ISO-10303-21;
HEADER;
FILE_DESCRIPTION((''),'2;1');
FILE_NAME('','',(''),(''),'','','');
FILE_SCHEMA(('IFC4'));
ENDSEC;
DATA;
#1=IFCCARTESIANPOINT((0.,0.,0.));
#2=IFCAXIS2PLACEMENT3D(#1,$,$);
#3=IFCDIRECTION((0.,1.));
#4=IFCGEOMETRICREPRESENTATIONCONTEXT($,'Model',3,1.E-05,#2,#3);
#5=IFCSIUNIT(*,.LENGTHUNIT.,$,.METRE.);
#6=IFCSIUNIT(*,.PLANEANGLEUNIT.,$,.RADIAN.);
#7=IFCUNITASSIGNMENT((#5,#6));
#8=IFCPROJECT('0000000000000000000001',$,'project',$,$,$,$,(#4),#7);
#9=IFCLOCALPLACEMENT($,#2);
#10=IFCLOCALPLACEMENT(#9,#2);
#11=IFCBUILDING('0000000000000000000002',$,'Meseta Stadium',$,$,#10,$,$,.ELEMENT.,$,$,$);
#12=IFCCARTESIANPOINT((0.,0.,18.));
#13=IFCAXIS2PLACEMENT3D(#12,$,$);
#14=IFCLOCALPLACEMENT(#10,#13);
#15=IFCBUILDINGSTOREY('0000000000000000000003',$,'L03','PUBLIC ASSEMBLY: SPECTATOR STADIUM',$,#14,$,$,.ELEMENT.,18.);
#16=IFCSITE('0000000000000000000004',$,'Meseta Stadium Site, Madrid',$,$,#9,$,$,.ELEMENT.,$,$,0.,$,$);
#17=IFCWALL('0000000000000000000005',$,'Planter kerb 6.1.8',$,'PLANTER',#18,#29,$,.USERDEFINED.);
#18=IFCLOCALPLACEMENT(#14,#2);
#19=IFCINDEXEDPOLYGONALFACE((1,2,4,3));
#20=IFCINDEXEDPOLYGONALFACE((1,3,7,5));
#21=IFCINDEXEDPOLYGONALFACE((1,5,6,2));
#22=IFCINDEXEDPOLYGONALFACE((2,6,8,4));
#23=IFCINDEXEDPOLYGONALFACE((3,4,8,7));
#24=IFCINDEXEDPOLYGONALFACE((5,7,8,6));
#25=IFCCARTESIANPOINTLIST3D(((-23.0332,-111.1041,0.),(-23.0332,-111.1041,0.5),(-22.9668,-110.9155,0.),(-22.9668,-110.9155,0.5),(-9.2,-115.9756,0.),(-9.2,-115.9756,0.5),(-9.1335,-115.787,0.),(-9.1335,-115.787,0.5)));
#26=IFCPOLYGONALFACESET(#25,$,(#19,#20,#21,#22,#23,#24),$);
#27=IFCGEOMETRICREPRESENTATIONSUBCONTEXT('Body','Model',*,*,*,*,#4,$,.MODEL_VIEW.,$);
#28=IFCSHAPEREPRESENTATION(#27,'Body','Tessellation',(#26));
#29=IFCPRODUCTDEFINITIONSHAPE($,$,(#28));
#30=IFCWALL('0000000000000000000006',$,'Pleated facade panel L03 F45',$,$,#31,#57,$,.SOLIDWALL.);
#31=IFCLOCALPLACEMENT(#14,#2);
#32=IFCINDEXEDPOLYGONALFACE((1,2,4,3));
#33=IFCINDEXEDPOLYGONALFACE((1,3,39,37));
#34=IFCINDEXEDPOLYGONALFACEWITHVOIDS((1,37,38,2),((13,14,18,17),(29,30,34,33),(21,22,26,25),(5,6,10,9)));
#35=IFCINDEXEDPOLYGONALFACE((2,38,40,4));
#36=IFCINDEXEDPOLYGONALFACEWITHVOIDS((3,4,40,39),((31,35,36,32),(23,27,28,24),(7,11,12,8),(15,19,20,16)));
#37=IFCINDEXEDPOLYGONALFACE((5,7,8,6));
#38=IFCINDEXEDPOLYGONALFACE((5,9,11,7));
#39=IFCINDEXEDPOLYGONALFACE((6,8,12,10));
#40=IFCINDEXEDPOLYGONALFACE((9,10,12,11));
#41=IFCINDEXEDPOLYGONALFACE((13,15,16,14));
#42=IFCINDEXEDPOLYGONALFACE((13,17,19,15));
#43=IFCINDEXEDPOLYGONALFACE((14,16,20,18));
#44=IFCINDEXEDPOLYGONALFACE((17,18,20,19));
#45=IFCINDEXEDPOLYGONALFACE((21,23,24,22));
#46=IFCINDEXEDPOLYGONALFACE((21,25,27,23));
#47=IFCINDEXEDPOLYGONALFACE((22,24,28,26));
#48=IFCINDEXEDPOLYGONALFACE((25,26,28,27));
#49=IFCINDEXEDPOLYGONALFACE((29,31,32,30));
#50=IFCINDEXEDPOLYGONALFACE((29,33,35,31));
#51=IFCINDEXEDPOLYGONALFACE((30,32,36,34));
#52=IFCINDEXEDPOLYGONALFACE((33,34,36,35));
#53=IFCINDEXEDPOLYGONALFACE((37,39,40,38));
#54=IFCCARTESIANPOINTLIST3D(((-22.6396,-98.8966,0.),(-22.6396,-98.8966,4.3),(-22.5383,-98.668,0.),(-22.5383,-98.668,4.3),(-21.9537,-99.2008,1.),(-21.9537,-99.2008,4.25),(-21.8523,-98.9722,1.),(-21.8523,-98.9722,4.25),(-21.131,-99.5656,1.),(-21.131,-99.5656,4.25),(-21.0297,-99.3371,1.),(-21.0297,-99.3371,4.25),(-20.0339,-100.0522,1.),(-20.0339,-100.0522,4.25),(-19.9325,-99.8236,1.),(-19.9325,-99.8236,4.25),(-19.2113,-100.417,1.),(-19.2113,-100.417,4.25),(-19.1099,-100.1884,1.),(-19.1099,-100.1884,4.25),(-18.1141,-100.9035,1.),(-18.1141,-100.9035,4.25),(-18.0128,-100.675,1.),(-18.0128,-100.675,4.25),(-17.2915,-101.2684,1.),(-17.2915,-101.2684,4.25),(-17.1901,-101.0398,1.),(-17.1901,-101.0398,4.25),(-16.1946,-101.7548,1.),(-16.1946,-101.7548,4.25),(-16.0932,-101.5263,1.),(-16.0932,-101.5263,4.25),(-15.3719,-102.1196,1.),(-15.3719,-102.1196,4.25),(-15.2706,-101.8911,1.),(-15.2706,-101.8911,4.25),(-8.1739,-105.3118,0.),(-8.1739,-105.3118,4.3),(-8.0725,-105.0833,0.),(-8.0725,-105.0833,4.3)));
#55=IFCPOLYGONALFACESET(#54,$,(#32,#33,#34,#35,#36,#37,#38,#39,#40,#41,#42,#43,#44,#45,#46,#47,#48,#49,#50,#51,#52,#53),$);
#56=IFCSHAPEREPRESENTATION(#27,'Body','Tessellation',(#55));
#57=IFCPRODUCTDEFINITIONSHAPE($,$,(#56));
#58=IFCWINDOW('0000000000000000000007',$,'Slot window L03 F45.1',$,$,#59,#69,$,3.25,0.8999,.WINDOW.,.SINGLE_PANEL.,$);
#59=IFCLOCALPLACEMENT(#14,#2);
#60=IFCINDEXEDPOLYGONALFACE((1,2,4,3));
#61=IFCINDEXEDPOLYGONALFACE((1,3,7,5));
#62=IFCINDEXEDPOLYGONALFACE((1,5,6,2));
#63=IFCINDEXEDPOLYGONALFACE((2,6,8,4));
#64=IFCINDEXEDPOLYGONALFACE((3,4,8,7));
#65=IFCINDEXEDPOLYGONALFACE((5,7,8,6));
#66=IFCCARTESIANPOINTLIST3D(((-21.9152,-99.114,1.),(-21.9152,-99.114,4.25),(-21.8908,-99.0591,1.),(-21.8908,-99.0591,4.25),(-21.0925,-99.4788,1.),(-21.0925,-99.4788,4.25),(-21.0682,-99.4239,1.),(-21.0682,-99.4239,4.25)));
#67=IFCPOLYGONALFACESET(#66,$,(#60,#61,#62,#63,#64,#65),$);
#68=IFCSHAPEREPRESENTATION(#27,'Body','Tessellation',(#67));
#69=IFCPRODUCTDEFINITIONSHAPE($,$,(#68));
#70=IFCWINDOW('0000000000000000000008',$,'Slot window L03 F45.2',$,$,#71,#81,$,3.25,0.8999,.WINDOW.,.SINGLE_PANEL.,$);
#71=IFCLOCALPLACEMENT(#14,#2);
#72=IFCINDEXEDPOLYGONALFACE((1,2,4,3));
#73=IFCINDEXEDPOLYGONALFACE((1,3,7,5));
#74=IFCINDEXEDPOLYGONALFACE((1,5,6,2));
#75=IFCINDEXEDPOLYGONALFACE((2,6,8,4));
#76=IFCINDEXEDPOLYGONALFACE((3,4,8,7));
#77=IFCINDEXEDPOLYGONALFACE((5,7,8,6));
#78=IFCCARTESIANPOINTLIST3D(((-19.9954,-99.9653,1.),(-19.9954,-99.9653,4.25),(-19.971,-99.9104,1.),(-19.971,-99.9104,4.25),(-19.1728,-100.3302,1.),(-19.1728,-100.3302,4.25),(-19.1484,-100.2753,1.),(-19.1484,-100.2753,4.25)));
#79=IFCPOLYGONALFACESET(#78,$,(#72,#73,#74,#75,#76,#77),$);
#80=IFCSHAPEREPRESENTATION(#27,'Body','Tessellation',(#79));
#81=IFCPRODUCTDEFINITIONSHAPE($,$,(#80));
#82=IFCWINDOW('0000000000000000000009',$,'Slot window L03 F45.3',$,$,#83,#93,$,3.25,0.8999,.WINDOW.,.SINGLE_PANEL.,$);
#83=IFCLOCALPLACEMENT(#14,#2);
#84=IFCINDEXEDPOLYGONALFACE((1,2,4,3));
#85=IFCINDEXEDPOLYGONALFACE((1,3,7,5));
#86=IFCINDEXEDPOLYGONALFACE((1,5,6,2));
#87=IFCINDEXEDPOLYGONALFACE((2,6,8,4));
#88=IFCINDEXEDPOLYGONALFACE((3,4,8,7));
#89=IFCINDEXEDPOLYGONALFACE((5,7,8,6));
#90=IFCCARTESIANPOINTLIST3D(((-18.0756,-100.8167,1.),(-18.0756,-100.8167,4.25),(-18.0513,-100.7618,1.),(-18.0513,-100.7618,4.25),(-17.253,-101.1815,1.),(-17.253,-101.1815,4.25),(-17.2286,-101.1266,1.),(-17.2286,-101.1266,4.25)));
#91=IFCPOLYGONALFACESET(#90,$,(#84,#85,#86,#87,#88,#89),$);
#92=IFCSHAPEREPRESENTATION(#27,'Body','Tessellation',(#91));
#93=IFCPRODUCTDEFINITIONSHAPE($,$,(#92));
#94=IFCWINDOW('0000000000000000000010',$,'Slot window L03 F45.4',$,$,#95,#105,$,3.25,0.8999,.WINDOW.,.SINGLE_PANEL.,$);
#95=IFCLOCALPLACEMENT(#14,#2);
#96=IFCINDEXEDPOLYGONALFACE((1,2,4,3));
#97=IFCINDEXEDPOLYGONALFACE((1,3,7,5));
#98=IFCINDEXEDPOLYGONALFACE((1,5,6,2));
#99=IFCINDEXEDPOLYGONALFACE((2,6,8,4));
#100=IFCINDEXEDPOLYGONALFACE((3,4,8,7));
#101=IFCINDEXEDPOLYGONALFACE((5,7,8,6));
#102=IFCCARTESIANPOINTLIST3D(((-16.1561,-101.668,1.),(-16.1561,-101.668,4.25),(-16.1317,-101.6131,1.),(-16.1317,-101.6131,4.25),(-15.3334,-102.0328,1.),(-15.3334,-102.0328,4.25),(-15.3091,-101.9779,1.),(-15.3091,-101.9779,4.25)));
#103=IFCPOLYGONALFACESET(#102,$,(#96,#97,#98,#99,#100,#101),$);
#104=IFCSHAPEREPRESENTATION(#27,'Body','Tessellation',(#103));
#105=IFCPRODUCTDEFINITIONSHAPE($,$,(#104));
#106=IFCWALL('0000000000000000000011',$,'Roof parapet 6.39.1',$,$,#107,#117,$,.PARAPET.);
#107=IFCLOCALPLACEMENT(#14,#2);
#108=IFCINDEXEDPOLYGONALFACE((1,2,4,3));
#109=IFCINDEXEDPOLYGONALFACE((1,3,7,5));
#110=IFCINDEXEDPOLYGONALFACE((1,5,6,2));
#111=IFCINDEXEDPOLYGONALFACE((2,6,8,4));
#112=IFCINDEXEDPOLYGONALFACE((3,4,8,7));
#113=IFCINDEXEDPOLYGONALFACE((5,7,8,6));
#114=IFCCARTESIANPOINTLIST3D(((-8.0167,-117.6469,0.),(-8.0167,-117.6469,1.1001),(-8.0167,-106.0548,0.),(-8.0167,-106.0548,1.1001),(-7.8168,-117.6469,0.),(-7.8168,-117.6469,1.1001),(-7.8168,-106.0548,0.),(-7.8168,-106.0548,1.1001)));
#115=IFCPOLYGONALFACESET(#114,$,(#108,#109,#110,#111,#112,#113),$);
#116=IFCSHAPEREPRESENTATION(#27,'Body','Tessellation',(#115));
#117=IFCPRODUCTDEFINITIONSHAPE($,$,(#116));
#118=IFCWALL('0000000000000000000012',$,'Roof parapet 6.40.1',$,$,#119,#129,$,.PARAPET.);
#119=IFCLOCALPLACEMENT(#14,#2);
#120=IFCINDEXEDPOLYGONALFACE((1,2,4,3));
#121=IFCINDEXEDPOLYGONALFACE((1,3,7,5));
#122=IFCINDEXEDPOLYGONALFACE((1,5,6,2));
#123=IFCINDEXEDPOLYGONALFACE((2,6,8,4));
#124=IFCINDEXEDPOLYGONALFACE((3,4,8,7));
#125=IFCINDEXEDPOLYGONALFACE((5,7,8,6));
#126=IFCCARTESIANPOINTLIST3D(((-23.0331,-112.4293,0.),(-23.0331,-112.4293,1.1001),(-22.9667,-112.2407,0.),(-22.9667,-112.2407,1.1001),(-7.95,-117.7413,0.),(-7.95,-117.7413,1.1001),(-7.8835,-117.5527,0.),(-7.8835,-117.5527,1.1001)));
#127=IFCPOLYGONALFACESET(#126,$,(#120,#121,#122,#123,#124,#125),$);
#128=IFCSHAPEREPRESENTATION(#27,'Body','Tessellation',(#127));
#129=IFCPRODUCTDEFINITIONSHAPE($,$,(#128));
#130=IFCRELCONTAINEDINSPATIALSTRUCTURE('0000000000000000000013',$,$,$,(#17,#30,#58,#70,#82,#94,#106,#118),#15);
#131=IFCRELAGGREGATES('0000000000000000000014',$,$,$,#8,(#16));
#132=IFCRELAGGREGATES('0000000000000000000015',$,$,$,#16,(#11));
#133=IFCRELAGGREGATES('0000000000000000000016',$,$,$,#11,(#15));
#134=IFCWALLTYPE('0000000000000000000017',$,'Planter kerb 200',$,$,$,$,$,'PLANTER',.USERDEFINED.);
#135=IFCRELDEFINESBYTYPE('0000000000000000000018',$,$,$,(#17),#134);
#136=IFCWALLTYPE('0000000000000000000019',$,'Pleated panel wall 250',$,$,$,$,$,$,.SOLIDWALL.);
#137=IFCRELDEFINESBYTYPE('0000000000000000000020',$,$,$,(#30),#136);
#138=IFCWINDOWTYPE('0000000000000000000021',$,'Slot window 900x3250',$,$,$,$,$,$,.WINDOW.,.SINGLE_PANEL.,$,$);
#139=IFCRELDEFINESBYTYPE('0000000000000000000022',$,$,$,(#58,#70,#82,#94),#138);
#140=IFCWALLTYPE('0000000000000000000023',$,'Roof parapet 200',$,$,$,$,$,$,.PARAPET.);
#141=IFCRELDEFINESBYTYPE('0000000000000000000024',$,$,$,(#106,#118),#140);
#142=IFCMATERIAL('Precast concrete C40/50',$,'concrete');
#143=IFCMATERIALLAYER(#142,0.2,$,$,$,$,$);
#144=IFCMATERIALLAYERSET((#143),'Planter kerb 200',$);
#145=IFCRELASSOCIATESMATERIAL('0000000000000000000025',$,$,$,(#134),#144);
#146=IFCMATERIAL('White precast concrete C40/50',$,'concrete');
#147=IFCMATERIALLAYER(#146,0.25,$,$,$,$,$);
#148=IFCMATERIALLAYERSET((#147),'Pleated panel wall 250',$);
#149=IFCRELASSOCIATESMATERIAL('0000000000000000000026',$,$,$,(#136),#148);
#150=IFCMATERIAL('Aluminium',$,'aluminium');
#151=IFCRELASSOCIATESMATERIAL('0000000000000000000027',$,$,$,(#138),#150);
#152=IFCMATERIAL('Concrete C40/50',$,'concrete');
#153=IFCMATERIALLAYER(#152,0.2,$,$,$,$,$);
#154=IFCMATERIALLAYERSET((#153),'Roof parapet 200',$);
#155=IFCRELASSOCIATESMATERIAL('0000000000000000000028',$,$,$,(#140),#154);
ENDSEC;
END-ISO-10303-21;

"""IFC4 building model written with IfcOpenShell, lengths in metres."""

from ifc_helpers import new_model, si_unit, direction, frame, frame_2d, origin, place, context, subcontext, project, spatial, rectangle, extrude, material, layer, layer_set, type_object, element, fill, save


model = new_model("IFC4")

# Units and contexts
model_context = context("Model", 3, precision=1e-05, world=origin(), true_north=direction((0.0, 1.0)))
body_context = subcontext(model_context, "Body", "Model", "MODEL_VIEW")
ifc_project = project(units=[si_unit("LENGTHUNIT", "METRE"), si_unit("PLANEANGLEUNIT", "RADIAN")], contexts=[model_context])

# Site, building, storey
site_placement = place(None, origin())
site = spatial("IfcSite", under=ifc_project, at=site_placement, Name="Meseta Stadium Site, Madrid", CompositionType="ELEMENT", RefElevation=0.0)
building_placement = place(site_placement, origin())
building = spatial("IfcBuilding", under=site, at=building_placement, Name="Meseta Stadium", CompositionType="ELEMENT")
storey_placement = place(building_placement, frame((0.0, 0.0, 18.0)))
storey = spatial("IfcBuildingStorey", under=building, at=storey_placement, Name="L03", Description="PUBLIC ASSEMBLY: SPECTATOR STADIUM", CompositionType="ELEMENT", Elevation=18.0)

# Wall
ifc_material_1 = material(Name="Precast concrete C40/50", Category="concrete")
ifc_layer_1 = layer(ifc_material_1, 0.2)
ifc_layer_set_1 = layer_set([ifc_layer_1], Name="Planter kerb 200")
wall_type_1 = type_object("IfcWallType", Name="Planter kerb 200", ElementType="PLANTER", PredefinedType="USERDEFINED", material=ifc_layer_set_1)
wall_1_placement = place(storey_placement, frame((-9.1667, -115.8813, 0.0), z_axis=(0.0, 0.0, 1.0), x_axis=(-0.94322, 0.332169, 0.0)))
element("IfcWall", 1, at=wall_1_placement, inside=storey, type_object=wall_type_1, Name="Planter kerb 6.1.8", ObjectType="PLANTER", PredefinedType="USERDEFINED", context=body_context, shape_type="SweptSolid", body=[
    extrude(rectangle(XDim=14.666, YDim=0.2, at=frame_2d((7.333, 0.0))), origin(), (0.0, 0.0, 1.0), 0.5),
])

# Wall, openings, windows
ifc_material_2 = material(Name="White precast concrete C40/50", Category="concrete")
ifc_layer_2 = layer(ifc_material_2, 0.25)
ifc_layer_set_2 = layer_set([ifc_layer_2], Name="Pleated panel wall 250")
wall_type_2 = type_object("IfcWallType", Name="Pleated panel wall 250", PredefinedType="SOLIDWALL", material=ifc_layer_set_2)
wall_2_placement = place(storey_placement, frame((-8.1233, -105.1975, 0.0), z_axis=(0.0, 0.0, 1.0), x_axis=(-0.914139, 0.405401, 0.0)))
wall_2 = element("IfcWall", 2, at=wall_2_placement, inside=storey, type_object=wall_type_2, Name="Pleated facade panel L03 F45", PredefinedType="SOLIDWALL", context=body_context, shape_type="SweptSolid", body=[
    extrude(rectangle(XDim=15.8245, YDim=0.25, at=frame_2d((7.9121, 0.0))), origin(), (0.0, 0.0, 1.0), 4.3),
])
opening_1_placement = place(wall_2_placement, frame((14.1741, 0.0, 1.0)))
opening_1 = element("IfcOpeningElement", 3, at=opening_1_placement, cuts=wall_2, PredefinedType="OPENING", context=body_context, shape_type="SweptSolid", body=[
    extrude(rectangle(XDim=0.8999, YDim=3.25, at=frame_2d((0.45, 1.625))), frame((0.0, 0.135, 0.0), z_axis=(0.0, -1.0, 0.0), x_axis=(1.0, 0.0, 0.0)), (0.0, 0.0, 1.0), 0.27),
])
opening_2_placement = place(wall_2_placement, frame((12.074, 0.0, 1.0)))
opening_2 = element("IfcOpeningElement", 4, at=opening_2_placement, cuts=wall_2, PredefinedType="OPENING", context=body_context, shape_type="SweptSolid", body=[
    extrude(rectangle(XDim=0.8999, YDim=3.25, at=frame_2d((0.45, 1.625))), frame((0.0, 0.135, 0.0), z_axis=(0.0, -1.0, 0.0), x_axis=(1.0, 0.0, 0.0)), (0.0, 0.0, 1.0), 0.27),
])
opening_3_placement = place(wall_2_placement, frame((9.9739, 0.0, 1.0)))
opening_3 = element("IfcOpeningElement", 5, at=opening_3_placement, cuts=wall_2, PredefinedType="OPENING", context=body_context, shape_type="SweptSolid", body=[
    extrude(rectangle(XDim=0.8999, YDim=3.25, at=frame_2d((0.45, 1.625))), frame((0.0, 0.135, 0.0), z_axis=(0.0, -1.0, 0.0), x_axis=(1.0, 0.0, 0.0)), (0.0, 0.0, 1.0), 0.27),
])
opening_4_placement = place(wall_2_placement, frame((7.874, 0.0, 1.0)))
opening_4 = element("IfcOpeningElement", 6, at=opening_4_placement, cuts=wall_2, PredefinedType="OPENING", context=body_context, shape_type="SweptSolid", body=[
    extrude(rectangle(XDim=0.8999, YDim=3.25, at=frame_2d((0.45, 1.625))), frame((0.0, 0.135, 0.0), z_axis=(0.0, -1.0, 0.0), x_axis=(1.0, 0.0, 0.0)), (0.0, 0.0, 1.0), 0.27),
])
ifc_material_3 = material(Name="Aluminium", Category="aluminium")
window_type = type_object("IfcWindowType", Name="Slot window 900x3250", PartitioningType="SINGLE_PANEL", PredefinedType="WINDOW", material=ifc_material_3)
window_1_placement = place(opening_1_placement, origin())
window_1 = element("IfcWindow", 7, at=window_1_placement, inside=storey, type_object=window_type, Name="Slot window L03 F45.1", OverallHeight=3.25, OverallWidth=0.8999, PartitioningType="SINGLE_PANEL", PredefinedType="WINDOW", context=body_context, shape_type="SweptSolid", body=[
    extrude(rectangle(XDim=0.8999, YDim=3.25, at=frame_2d((0.45, 1.625))), frame((0.0, 0.03, 0.0), z_axis=(0.0, -1.0, 0.0), x_axis=(1.0, 0.0, 0.0)), (0.0, 0.0, 1.0), 0.0601),
])
fill(opening_1, window_1)
window_2_placement = place(opening_2_placement, origin())
window_2 = element("IfcWindow", 8, at=window_2_placement, inside=storey, type_object=window_type, Name="Slot window L03 F45.2", OverallHeight=3.25, OverallWidth=0.8999, PartitioningType="SINGLE_PANEL", PredefinedType="WINDOW", context=body_context, shape_type="SweptSolid", body=[
    extrude(rectangle(XDim=0.8999, YDim=3.25, at=frame_2d((0.45, 1.625))), frame((0.0, 0.03, 0.0), z_axis=(0.0, -1.0, 0.0), x_axis=(1.0, 0.0, 0.0)), (0.0, 0.0, 1.0), 0.0601),
])
fill(opening_2, window_2)
window_3_placement = place(opening_3_placement, origin())
window_3 = element("IfcWindow", 9, at=window_3_placement, inside=storey, type_object=window_type, Name="Slot window L03 F45.3", OverallHeight=3.25, OverallWidth=0.8999, PartitioningType="SINGLE_PANEL", PredefinedType="WINDOW", context=body_context, shape_type="SweptSolid", body=[
    extrude(rectangle(XDim=0.8999, YDim=3.25, at=frame_2d((0.45, 1.625))), frame((0.0, 0.03, 0.0), z_axis=(0.0, -1.0, 0.0), x_axis=(1.0, 0.0, 0.0)), (0.0, 0.0, 1.0), 0.0601),
])
fill(opening_3, window_3)
window_4_placement = place(opening_4_placement, origin())
window_4 = element("IfcWindow", 10, at=window_4_placement, inside=storey, type_object=window_type, Name="Slot window L03 F45.4", OverallHeight=3.25, OverallWidth=0.8999, PartitioningType="SINGLE_PANEL", PredefinedType="WINDOW", context=body_context, shape_type="SweptSolid", body=[
    extrude(rectangle(XDim=0.8999, YDim=3.25, at=frame_2d((0.45, 1.625))), frame((0.0, 0.03, 0.0), z_axis=(0.0, -1.0, 0.0), x_axis=(1.0, 0.0, 0.0)), (0.0, 0.0, 1.0), 0.0601),
])
fill(opening_4, window_4)

# Walls
ifc_material_4 = material(Name="Concrete C40/50", Category="concrete")
ifc_layer_3 = layer(ifc_material_4, 0.2)
ifc_layer_set_3 = layer_set([ifc_layer_3], Name="Roof parapet 200")
wall_type_3 = type_object("IfcWallType", Name="Roof parapet 200", PredefinedType="PARAPET", material=ifc_layer_set_3)
wall_3_placement = place(storey_placement, frame((-7.9167, -106.0549, 0.0), z_axis=(0.0, 0.0, 1.0), x_axis=(0.0, -1.0, 0.0)))
element("IfcWall", 11, at=wall_3_placement, inside=storey, type_object=wall_type_3, Name="Roof parapet 6.39.1", PredefinedType="PARAPET", context=body_context, shape_type="SweptSolid", body=[
    extrude(rectangle(XDim=11.592, YDim=0.2, at=frame_2d((5.7959, 0.0))), origin(), (0.0, 0.0, 1.0), 1.1001),
])
wall_4_placement = place(storey_placement, frame((-7.9167, -117.647, 0.0), z_axis=(0.0, 0.0, 1.0), x_axis=(-0.943216, 0.332181, 0.0)))
element("IfcWall", 12, at=wall_4_placement, inside=storey, type_object=wall_type_3, Name="Roof parapet 6.40.1", PredefinedType="PARAPET", context=body_context, shape_type="SweptSolid", body=[
    extrude(rectangle(XDim=15.9912, YDim=0.2, at=frame_2d((7.9956, 0.0))), origin(), (0.0, 0.0, 1.0), 1.1001),
])

save(model, "model.ifc")
